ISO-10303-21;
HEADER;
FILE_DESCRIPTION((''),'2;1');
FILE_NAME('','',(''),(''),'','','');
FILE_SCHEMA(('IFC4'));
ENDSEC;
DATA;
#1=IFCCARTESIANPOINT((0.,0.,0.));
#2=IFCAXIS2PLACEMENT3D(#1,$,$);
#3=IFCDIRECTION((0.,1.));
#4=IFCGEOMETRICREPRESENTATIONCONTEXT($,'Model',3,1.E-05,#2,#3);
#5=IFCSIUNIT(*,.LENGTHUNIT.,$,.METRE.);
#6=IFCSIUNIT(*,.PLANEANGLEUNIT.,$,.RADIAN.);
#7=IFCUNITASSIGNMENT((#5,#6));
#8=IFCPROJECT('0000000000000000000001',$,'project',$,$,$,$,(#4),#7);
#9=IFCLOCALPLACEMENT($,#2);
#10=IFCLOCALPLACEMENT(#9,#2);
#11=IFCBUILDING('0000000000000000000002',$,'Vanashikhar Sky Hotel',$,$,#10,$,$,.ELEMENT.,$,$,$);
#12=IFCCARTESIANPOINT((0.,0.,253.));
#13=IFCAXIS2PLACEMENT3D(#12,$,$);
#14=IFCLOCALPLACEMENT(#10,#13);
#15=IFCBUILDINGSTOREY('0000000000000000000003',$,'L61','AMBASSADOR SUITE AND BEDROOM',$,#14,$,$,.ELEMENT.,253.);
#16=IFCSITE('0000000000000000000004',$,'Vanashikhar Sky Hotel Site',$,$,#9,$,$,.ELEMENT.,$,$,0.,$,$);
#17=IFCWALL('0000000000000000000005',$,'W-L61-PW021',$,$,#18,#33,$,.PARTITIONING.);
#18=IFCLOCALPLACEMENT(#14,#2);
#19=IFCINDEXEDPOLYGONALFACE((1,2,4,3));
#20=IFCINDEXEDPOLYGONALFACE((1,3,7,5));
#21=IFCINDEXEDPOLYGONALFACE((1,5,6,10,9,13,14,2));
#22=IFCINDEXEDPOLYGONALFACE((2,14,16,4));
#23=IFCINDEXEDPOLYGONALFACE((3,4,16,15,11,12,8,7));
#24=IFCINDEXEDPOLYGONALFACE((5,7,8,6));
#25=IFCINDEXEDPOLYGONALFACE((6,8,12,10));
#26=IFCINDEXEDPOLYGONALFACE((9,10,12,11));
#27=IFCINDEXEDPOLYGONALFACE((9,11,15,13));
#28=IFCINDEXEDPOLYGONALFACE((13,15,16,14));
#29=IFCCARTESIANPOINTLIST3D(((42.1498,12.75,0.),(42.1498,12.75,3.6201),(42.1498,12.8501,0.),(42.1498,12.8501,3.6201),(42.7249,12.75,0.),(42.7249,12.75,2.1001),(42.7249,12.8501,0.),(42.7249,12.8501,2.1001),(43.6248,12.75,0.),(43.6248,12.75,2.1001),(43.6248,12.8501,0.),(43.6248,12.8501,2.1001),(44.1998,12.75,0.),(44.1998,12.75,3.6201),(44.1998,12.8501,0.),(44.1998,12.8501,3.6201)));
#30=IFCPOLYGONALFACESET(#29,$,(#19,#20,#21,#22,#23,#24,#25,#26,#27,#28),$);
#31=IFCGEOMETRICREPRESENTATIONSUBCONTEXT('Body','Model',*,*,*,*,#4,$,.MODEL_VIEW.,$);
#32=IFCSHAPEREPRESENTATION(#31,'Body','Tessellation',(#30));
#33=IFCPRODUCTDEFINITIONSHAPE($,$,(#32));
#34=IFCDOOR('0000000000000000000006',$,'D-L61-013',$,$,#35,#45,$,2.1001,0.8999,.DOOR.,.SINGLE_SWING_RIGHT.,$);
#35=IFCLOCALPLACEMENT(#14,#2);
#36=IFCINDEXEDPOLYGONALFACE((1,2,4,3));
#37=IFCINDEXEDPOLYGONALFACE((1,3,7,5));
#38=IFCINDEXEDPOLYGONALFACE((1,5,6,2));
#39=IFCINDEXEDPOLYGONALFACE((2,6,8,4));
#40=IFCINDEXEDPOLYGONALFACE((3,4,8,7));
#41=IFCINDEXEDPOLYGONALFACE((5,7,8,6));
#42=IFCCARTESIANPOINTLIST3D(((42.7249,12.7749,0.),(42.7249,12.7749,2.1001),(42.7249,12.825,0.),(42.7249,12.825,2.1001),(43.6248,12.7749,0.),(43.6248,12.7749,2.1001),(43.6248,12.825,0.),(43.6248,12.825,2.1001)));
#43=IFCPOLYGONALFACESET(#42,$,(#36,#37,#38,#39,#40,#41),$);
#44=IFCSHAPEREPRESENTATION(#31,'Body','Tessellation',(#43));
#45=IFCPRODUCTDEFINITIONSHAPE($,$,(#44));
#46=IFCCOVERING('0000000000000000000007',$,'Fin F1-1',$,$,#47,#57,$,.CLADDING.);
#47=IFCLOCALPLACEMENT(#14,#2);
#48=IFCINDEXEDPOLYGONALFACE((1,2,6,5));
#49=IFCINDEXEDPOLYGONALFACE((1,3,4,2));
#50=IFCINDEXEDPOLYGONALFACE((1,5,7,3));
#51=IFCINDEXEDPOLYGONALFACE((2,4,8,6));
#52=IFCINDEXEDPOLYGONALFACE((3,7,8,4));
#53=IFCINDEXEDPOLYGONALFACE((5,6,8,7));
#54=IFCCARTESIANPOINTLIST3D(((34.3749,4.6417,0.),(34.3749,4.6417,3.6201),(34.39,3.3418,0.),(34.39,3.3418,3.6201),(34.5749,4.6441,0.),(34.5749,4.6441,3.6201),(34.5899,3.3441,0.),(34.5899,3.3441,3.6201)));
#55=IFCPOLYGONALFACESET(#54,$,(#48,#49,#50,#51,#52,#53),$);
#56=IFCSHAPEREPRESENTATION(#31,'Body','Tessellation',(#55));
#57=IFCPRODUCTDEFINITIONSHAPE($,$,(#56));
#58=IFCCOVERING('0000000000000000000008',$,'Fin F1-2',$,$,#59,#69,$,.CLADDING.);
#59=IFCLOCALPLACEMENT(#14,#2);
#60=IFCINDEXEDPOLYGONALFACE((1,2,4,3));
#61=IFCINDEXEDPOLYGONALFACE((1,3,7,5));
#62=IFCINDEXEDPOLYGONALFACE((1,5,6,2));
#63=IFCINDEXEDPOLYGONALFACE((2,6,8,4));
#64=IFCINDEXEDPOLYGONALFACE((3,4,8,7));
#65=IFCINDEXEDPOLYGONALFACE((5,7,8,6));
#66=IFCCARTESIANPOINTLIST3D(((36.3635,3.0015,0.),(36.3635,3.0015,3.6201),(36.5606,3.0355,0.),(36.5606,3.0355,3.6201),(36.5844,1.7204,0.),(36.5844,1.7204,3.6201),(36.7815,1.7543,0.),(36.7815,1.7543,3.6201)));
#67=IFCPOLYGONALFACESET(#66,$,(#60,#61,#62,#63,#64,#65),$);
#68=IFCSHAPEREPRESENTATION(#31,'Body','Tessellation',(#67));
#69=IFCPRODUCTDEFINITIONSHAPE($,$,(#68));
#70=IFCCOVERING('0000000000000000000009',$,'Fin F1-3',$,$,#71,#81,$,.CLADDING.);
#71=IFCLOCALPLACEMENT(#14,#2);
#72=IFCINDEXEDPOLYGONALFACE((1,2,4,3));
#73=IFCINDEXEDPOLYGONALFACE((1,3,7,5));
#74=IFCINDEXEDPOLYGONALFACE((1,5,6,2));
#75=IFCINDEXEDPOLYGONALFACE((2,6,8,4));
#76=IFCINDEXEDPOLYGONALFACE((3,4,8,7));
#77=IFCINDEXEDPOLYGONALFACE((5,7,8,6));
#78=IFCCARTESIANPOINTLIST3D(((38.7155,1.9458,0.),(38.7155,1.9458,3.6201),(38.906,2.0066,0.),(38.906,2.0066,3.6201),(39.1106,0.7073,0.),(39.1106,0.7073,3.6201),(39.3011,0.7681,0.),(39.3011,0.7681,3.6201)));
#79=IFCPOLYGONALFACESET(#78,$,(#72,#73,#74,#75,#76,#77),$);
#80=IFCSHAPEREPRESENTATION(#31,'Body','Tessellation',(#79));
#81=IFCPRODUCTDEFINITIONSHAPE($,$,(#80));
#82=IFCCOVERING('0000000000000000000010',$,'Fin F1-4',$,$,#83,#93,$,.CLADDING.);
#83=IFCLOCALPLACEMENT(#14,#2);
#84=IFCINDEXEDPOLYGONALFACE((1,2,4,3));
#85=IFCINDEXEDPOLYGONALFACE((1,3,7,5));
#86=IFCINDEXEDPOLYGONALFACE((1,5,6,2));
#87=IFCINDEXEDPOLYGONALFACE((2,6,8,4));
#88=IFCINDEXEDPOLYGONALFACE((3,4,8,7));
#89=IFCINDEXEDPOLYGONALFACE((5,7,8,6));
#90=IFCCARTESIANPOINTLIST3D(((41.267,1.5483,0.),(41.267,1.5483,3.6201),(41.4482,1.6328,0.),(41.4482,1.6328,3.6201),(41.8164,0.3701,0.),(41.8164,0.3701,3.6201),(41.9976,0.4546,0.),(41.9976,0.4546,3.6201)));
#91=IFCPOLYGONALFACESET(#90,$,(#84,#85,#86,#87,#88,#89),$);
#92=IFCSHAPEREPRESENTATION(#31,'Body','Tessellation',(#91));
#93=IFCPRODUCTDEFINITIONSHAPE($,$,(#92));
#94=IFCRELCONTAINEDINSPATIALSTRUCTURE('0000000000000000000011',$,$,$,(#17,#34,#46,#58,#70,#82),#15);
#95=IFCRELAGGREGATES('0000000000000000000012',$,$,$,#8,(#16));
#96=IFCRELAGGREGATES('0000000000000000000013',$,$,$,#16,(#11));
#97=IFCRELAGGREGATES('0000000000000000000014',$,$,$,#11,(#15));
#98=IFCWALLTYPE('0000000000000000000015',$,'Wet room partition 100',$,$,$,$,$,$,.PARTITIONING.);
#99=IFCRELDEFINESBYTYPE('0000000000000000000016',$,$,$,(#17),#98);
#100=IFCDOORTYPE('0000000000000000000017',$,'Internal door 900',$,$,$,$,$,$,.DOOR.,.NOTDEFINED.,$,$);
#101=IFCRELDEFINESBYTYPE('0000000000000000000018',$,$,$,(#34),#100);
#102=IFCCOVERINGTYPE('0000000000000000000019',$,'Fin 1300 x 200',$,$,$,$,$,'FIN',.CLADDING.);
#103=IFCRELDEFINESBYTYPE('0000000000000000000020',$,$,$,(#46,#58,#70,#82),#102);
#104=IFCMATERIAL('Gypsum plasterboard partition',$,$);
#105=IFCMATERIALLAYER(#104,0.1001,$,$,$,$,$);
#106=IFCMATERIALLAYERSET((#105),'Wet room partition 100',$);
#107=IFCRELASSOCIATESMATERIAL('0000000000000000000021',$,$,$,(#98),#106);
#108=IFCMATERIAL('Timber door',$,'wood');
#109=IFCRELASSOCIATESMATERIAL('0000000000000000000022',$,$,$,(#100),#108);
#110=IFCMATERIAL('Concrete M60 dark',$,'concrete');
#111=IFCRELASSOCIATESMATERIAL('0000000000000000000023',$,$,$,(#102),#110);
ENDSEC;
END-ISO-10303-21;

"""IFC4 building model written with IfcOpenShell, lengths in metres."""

from ifc_helpers import new_model, si_unit, direction, frame, frame_2d, origin, origin_2d, place, context, subcontext, project, spatial, rectangle, extrude, source, transform, mapped, material, layer, layer_set, material_profile, profile_set, type_object, element, fill, save


model = new_model("IFC4")

# Units and contexts
model_context = context("Model", 3, precision=1e-05, world=origin(), true_north=direction((0.0, 1.0)))
body_context = subcontext(model_context, "Body", "Model", "MODEL_VIEW")
ifc_project = project(units=[si_unit("LENGTHUNIT", "METRE"), si_unit("PLANEANGLEUNIT", "RADIAN")], contexts=[model_context])

# Site, building, storey
site_placement = place(None, origin())
site = spatial("IfcSite", under=ifc_project, at=site_placement, Name="Vanashikhar Sky Hotel Site", CompositionType="ELEMENT", RefElevation=0.0)
building_placement = place(site_placement, origin())
building = spatial("IfcBuilding", under=site, at=building_placement, Name="Vanashikhar Sky Hotel", CompositionType="ELEMENT")
storey_placement = place(building_placement, frame((0.0, 0.0, 253.0)))
storey = spatial("IfcBuildingStorey", under=building, at=storey_placement, Name="L61", Description="AMBASSADOR SUITE AND BEDROOM", CompositionType="ELEMENT", Elevation=253.0)

# Shared definitions
ifc_material_1 = material(Name="Gypsum plasterboard partition")
ifc_layer_1 = layer(ifc_material_1, 0.1001)
ifc_layer_set_1 = layer_set([ifc_layer_1], Name="Wet room partition 100")
wall_type_1 = type_object("IfcWallType", Name="Wet room partition 100", PredefinedType="PARTITIONING", material=ifc_layer_set_1)
shared_shape_1 = source(origin(), body_context, "Body", "SweptSolid", [
    extrude(rectangle(XDim=0.8999, YDim=2.1001, at=frame_2d((0.45, 1.05))), frame((0.0, 0.0601, 0.0), z_axis=(0.0, -1.0, 0.0), x_axis=(1.0, 0.0, 0.0)), (0.0, 0.0, 1.0), 0.1201),
])
ifc_material_2 = material(Name="Timber door", Category="wood")
door_type = type_object("IfcDoorType", Name="Internal door 900", OperationType="NOTDEFINED", PredefinedType="DOOR", material=ifc_material_2)
shared_shape_2 = source(origin(), body_context, "Body", "SweptSolid", [
    extrude(rectangle(XDim=0.8999, YDim=2.1001, at=frame_2d((0.45, 1.05))), frame((0.0, 0.0249, 0.0), z_axis=(0.0, -1.0, 0.0), x_axis=(1.0, 0.0, 0.0)), (0.0, 0.0, 1.0), 0.05),
])

# Wall, opening, door
shared_shape_3 = source(origin(), body_context, "Body", "SweptSolid", [
    extrude(rectangle(XDim=2.05, YDim=0.1001, at=frame_2d((1.0249, 0.0))), origin(), (0.0, 0.0, 1.0), 3.6201),
])
wall_1_placement = place(storey_placement, frame((42.1499, 12.8, 0.0), z_axis=(0.0, 0.0, 1.0), x_axis=(1.0, 0.0, 0.0)))
wall_1 = element("IfcWall", 1, at=wall_1_placement, inside=storey, type_object=wall_type_1, Name="W-L61-PW021", PredefinedType="PARTITIONING", context=body_context, shape_type="MappedRepresentation", body=[
    mapped(shared_shape_3, transform((0.0, 0.0, 0.0), scale=1.0)),
])
opening_1_placement = place(wall_1_placement, frame((0.575, 0.0, 0.0)))
opening_1 = element("IfcOpeningElement", 2, at=opening_1_placement, cuts=wall_1, PredefinedType="OPENING", context=body_context, shape_type="MappedRepresentation", body=[
    mapped(shared_shape_1, transform((0.0, 0.0, 0.0), scale=1.0)),
])
door_1_placement = place(opening_1_placement, origin())
door_1 = element("IfcDoor", 3, at=door_1_placement, inside=storey, type_object=door_type, Name="D-L61-013", OperationType="SINGLE_SWING_RIGHT", OverallHeight=2.1001, OverallWidth=0.8999, PredefinedType="DOOR", context=body_context, shape_type="MappedRepresentation", body=[
    mapped(shared_shape_2, transform((0.0, 0.0, 0.0), scale=1.0)),
])
fill(opening_1, door_1)

# Coverings
ifc_material_3 = material(Name="Concrete M60 dark", Category="concrete")
ifc_material_profile = material_profile(ifc_material_3, rectangle(XDim=1.3, YDim=0.2, at=origin_2d()))
ifc_profile_set = profile_set([ifc_material_profile], Name="Fin 1300 x 200")
covering_type = type_object("IfcCoveringType", Name="Fin 1300 x 200", ElementType="FIN", PredefinedType="CLADDING", material=ifc_profile_set)
shared_shape_4 = source(origin(), body_context, "Body", "SweptSolid", [
    extrude(rectangle(XDim=1.3, YDim=0.2, at=origin_2d()), origin(), (0.0, 0.0, 1.0), 3.6201),
])
for number, where, z_axis, x_axis, name in (
    (4, (34.4824, 3.9929, 0.0), (0.0, 0.0, 1.0), (0.011589, -0.999933, 0.0), "Fin F1-1"),
    (5, (36.5725, 2.3779, 0.0), (0.0, 0.0, 1.0), (0.1699, -0.985461, 0.0), "Fin F1-2"),
    (6, (39.0083, 1.3569, 0.0), (0.0, 0.0, 1.0), (0.303967, -0.952683, 0.0), "Fin F1-3"),
    (7, (41.6323, 1.0015, 0.0), (0.0, 0.0, 1.0), (0.422618, -0.906308, 0.0), "Fin F1-4"),
):
    element("IfcCovering", number, at=place(storey_placement, frame(where, z_axis=z_axis, x_axis=x_axis)), inside=storey, type_object=covering_type, Name=name, PredefinedType="CLADDING", context=body_context, shape_type="MappedRepresentation", body=[
        mapped(shared_shape_4, transform((0.0, 0.0, 0.0), scale=1.0)),
    ])

save(model, "model.ifc")
